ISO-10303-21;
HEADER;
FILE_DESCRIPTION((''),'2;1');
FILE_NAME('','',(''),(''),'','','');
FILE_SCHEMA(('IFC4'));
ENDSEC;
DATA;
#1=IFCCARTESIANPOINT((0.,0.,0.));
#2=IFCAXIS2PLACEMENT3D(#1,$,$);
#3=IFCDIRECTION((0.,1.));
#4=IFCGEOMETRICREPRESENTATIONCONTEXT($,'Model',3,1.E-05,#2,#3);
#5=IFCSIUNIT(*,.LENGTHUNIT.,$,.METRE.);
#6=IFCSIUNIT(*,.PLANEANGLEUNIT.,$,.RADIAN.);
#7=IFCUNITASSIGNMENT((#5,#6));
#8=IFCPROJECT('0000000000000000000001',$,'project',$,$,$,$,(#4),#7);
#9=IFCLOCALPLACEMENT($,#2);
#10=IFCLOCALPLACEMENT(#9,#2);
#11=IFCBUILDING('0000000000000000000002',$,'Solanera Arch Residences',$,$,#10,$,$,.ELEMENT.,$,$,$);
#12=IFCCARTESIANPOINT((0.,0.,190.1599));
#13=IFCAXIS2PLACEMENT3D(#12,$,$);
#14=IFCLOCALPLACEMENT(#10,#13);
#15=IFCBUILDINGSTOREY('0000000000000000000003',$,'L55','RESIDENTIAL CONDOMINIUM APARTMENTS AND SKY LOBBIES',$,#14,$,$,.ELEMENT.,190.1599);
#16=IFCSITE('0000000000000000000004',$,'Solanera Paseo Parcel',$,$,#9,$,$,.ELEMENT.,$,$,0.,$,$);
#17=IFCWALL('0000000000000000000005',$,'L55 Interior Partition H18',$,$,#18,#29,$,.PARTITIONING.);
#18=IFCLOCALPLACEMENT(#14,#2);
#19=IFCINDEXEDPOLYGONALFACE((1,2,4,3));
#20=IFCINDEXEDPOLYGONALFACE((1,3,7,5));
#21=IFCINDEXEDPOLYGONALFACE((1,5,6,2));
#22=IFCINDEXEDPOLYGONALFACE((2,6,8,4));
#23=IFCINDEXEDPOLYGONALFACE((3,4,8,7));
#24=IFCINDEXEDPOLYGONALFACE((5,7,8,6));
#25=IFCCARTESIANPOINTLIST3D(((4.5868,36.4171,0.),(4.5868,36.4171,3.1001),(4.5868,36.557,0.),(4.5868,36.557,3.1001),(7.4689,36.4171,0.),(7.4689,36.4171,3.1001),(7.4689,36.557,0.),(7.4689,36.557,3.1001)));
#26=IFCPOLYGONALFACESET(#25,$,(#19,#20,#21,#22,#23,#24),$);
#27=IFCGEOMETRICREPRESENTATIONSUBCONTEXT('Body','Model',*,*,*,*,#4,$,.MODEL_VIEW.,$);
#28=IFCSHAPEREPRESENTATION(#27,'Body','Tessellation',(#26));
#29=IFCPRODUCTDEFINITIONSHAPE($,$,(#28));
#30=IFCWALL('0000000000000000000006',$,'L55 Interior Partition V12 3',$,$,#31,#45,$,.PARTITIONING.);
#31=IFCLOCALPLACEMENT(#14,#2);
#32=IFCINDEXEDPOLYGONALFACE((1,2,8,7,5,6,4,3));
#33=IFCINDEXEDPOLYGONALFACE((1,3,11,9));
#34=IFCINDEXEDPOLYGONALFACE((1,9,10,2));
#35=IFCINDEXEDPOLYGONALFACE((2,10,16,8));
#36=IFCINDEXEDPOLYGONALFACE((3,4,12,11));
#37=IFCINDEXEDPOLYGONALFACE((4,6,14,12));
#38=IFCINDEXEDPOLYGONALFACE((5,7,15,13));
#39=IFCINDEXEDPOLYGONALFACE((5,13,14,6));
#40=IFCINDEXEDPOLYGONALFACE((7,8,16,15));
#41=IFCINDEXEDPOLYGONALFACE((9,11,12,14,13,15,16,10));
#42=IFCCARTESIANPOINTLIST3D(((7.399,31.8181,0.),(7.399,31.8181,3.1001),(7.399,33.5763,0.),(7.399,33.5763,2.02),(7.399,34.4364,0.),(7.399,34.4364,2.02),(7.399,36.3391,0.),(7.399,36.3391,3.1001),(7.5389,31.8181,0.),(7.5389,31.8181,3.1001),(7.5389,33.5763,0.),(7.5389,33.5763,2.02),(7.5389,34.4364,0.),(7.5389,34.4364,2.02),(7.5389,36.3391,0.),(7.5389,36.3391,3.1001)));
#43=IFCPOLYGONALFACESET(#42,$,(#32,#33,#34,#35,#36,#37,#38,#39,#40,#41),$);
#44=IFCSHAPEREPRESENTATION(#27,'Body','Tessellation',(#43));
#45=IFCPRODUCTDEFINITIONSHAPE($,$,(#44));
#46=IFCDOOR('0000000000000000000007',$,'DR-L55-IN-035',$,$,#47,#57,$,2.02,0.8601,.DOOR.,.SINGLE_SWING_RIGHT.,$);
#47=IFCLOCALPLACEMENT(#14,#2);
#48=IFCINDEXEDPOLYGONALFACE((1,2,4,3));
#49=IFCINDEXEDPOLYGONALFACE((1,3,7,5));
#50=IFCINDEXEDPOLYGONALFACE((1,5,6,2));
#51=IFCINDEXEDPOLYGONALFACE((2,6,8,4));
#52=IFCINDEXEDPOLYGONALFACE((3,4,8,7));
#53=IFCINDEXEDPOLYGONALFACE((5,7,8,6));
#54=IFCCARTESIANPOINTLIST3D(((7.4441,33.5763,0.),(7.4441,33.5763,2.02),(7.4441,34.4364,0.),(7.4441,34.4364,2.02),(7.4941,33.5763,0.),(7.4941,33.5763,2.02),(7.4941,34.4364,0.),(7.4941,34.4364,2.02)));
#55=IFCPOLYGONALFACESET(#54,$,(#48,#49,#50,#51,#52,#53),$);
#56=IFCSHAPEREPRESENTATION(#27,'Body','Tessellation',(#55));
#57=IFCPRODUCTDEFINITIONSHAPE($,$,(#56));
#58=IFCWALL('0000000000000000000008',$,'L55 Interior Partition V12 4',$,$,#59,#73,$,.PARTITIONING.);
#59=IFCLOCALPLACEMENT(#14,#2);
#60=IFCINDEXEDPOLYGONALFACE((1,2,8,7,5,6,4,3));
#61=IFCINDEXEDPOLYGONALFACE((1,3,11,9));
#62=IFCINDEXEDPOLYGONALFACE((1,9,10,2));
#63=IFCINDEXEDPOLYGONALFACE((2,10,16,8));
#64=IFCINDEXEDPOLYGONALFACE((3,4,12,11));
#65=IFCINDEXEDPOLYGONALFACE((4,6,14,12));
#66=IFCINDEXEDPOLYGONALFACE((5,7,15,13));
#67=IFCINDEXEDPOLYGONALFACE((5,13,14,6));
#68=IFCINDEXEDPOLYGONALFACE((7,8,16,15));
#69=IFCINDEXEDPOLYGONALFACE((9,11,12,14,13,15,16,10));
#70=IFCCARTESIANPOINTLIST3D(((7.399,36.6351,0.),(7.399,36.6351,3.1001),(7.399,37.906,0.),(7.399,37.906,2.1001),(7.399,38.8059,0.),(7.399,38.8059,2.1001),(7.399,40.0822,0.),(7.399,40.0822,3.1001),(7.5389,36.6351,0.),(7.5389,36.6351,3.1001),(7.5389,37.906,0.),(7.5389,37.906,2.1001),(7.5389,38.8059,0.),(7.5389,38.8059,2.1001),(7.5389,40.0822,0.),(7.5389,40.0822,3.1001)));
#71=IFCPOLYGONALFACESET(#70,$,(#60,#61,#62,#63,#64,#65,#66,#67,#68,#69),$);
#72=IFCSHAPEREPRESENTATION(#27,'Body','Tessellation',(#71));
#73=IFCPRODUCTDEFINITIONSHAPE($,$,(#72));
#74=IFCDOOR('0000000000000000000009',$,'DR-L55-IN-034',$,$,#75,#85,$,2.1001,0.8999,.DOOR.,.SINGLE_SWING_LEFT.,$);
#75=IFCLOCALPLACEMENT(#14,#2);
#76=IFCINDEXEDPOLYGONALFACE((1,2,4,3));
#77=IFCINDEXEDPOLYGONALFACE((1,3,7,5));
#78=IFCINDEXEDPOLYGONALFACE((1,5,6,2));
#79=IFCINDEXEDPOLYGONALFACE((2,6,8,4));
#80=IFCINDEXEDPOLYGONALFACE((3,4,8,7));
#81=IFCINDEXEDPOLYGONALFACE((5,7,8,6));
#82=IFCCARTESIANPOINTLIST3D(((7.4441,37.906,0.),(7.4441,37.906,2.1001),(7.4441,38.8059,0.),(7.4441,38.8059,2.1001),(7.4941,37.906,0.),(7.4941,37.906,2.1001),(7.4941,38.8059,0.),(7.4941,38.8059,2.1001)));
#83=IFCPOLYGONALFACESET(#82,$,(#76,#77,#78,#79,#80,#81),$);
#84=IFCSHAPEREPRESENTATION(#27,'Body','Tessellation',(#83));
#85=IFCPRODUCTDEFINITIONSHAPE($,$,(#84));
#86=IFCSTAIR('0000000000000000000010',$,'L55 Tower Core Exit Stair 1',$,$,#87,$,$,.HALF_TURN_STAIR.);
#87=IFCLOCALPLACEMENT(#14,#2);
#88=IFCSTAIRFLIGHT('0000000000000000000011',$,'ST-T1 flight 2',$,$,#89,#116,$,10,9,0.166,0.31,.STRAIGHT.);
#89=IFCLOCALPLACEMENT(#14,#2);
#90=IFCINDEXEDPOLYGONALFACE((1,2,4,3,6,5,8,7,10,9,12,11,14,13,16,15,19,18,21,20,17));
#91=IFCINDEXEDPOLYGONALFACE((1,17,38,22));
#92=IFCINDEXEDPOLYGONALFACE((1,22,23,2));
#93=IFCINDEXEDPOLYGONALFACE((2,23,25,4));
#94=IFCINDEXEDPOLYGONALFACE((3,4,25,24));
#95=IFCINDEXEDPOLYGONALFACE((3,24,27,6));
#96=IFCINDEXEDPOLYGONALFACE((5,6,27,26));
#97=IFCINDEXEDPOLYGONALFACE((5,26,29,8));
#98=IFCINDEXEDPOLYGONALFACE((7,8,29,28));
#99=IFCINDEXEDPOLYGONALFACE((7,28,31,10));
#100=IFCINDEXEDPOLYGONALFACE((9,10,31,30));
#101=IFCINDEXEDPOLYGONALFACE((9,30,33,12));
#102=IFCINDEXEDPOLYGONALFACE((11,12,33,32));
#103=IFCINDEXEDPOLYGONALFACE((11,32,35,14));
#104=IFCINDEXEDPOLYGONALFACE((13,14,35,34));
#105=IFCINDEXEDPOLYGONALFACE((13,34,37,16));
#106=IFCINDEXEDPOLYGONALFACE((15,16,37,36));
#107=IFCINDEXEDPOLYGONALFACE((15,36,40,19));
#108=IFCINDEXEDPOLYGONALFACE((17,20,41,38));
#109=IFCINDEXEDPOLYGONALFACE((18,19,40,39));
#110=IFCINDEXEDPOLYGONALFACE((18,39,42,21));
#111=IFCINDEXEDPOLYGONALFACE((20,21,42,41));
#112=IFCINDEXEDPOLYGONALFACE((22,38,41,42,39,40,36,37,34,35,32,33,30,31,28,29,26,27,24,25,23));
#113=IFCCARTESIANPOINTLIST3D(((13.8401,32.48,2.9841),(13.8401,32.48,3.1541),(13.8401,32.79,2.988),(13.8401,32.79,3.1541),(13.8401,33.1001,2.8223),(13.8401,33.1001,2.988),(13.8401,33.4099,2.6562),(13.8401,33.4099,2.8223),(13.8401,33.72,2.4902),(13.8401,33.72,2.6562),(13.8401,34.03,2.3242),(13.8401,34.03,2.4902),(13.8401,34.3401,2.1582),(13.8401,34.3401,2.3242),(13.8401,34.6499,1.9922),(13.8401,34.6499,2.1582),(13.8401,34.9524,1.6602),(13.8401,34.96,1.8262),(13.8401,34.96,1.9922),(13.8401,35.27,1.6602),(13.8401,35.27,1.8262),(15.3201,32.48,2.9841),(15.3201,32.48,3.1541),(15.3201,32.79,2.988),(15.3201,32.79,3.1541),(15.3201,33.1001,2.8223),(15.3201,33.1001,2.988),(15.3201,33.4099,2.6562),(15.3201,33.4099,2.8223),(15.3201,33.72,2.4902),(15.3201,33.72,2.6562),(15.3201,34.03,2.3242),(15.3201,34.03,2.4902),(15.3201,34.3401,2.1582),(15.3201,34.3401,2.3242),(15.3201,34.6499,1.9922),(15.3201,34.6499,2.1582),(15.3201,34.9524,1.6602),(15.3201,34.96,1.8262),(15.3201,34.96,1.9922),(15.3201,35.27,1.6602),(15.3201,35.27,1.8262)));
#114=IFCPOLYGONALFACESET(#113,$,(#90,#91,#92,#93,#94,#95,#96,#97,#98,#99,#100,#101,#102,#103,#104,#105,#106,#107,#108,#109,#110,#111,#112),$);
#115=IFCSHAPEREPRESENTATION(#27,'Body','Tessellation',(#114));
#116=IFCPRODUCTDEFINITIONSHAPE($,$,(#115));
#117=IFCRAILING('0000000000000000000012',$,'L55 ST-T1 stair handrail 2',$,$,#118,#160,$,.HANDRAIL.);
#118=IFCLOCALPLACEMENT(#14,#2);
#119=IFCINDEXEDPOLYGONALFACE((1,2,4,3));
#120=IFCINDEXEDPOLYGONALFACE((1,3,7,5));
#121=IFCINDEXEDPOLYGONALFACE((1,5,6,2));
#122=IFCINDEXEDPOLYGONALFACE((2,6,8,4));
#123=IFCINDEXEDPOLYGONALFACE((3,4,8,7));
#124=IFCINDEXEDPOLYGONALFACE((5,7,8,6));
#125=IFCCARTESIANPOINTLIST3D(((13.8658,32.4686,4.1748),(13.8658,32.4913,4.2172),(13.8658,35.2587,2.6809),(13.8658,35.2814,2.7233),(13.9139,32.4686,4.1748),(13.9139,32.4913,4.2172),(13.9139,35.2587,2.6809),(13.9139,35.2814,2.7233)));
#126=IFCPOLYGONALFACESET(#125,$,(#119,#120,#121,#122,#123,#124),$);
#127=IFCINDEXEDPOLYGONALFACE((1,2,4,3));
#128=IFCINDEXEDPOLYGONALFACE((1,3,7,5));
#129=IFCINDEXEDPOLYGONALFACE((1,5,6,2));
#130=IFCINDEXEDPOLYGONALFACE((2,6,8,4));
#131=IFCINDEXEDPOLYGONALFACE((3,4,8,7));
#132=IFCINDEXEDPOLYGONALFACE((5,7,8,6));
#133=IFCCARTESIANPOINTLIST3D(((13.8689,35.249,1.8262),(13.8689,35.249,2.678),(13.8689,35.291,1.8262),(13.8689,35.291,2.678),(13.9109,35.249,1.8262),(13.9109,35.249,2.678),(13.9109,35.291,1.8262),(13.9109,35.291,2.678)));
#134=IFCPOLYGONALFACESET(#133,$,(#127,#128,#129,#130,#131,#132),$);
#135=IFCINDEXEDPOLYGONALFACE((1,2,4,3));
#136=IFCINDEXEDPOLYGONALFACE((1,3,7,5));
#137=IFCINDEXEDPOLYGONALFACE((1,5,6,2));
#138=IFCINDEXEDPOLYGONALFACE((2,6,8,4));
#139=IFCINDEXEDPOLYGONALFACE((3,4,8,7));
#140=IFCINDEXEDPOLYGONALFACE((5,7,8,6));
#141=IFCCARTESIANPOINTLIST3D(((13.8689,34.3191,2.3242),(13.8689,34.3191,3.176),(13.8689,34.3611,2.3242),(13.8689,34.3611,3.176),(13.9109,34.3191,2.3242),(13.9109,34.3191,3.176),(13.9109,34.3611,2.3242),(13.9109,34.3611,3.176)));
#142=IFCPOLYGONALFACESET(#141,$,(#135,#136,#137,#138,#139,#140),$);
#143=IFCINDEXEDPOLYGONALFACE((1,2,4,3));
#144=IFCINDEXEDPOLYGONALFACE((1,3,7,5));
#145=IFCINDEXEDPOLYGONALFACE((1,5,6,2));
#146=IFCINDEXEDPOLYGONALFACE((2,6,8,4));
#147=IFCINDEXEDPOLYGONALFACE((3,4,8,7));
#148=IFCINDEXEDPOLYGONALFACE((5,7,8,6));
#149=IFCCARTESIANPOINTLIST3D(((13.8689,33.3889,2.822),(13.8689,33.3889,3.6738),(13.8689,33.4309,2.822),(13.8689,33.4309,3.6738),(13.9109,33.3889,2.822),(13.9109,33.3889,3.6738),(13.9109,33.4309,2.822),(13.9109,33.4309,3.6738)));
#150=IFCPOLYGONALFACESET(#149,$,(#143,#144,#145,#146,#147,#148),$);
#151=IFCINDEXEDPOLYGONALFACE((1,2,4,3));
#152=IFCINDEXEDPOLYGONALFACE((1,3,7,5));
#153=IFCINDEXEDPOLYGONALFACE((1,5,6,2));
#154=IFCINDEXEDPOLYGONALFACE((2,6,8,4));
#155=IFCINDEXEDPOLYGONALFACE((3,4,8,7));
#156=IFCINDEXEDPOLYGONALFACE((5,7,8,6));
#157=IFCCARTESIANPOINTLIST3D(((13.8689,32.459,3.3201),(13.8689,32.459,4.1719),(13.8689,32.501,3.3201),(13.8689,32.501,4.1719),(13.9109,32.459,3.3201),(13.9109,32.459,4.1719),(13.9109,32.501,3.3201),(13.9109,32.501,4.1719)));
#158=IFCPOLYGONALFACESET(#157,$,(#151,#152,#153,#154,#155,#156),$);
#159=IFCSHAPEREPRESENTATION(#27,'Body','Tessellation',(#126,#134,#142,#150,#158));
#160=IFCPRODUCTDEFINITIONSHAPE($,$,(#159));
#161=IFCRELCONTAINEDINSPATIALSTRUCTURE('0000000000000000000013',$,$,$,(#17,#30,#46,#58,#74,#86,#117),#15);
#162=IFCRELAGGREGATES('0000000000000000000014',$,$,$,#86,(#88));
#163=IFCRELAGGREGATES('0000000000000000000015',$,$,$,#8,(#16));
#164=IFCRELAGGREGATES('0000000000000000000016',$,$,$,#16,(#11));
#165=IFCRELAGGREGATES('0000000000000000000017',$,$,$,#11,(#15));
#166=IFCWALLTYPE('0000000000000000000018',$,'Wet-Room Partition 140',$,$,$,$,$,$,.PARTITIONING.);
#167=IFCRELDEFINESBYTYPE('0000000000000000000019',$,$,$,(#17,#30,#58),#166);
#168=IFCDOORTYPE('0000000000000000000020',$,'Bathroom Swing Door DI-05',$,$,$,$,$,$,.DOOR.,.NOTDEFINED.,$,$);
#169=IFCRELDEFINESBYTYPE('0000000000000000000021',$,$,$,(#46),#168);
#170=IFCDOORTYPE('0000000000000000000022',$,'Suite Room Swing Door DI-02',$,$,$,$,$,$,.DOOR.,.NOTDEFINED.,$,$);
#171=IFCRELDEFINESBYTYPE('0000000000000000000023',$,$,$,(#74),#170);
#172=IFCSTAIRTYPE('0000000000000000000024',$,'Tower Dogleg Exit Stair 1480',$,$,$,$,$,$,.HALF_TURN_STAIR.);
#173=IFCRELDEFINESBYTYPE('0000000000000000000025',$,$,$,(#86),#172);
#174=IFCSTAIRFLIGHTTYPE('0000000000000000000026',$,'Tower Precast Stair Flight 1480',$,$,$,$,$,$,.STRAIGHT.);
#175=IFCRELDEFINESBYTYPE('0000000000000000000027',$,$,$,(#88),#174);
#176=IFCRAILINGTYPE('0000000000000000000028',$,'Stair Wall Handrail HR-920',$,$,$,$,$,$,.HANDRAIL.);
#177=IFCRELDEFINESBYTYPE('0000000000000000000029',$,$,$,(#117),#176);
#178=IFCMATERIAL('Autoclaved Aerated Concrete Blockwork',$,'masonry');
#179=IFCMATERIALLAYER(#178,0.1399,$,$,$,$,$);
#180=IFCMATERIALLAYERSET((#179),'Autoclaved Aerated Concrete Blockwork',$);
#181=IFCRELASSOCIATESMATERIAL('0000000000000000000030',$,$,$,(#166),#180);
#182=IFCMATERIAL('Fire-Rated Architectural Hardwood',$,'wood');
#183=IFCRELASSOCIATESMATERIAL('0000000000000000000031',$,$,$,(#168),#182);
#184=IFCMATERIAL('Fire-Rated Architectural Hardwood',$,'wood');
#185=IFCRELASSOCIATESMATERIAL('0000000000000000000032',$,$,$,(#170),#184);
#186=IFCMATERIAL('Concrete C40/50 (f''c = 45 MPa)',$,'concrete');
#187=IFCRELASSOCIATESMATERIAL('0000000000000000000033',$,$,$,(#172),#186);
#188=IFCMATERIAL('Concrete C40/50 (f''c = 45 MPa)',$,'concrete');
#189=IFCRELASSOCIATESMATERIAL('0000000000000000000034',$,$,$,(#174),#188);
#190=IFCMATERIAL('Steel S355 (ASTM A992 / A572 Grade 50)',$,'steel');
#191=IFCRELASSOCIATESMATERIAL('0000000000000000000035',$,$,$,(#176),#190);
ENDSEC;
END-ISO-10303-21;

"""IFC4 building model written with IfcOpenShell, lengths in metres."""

from ifc_helpers import new_model, si_unit, direction, frame, frame_2d, origin, origin_2d, place, context, subcontext, project, spatial, polyline, rectangle, outline, extrude, material, layer, layer_set, type_object, element, fill, aggregate, save


model = new_model("IFC4")

# Units and contexts
model_context = context("Model", 3, precision=1e-05, world=origin(), true_north=direction((0.0, 1.0)))
body_context = subcontext(model_context, "Body", "Model", "MODEL_VIEW")
ifc_project = project(units=[si_unit("LENGTHUNIT", "METRE"), si_unit("PLANEANGLEUNIT", "RADIAN")], contexts=[model_context])

# Site, building, storey
site_placement = place(None, origin())
site = spatial("IfcSite", under=ifc_project, at=site_placement, Name="Solanera Paseo Parcel", CompositionType="ELEMENT", RefElevation=0.0)
building_placement = place(site_placement, origin())
building = spatial("IfcBuilding", under=site, at=building_placement, Name="Solanera Arch Residences", CompositionType="ELEMENT")
storey_placement = place(building_placement, frame((0.0, 0.0, 190.1599)))
storey = spatial("IfcBuildingStorey", under=building, at=storey_placement, Name="L55", Description="RESIDENTIAL CONDOMINIUM APARTMENTS AND SKY LOBBIES", CompositionType="ELEMENT", Elevation=190.1599)

# Wall
ifc_material_1 = material(Name="Autoclaved Aerated Concrete Blockwork", Category="masonry")
ifc_layer_1 = layer(ifc_material_1, 0.1399)
ifc_layer_set_1 = layer_set([ifc_layer_1], Name="Autoclaved Aerated Concrete Blockwork")
wall_type_1 = type_object("IfcWallType", Name="Wet-Room Partition 140", PredefinedType="PARTITIONING", material=ifc_layer_set_1)
wall_1_placement = place(storey_placement, frame((4.5869, 36.4871, 0.0), z_axis=(0.0, 0.0, 1.0), x_axis=(1.0, 0.0, 0.0)))
element("IfcWall", 1, at=wall_1_placement, inside=storey, type_object=wall_type_1, Name="L55 Interior Partition H18", PredefinedType="PARTITIONING", context=body_context, shape_type="SweptSolid", body=[
    extrude(rectangle(XDim=2.8821, YDim=0.1399, at=frame_2d((1.4409, 0.0))), origin(), (0.0, 0.0, 1.0), 3.1001),
])

# Walls, openings, doors
wall_2_placement = place(storey_placement, frame((7.469, 31.8181, 0.0), z_axis=(0.0, 0.0, 1.0), x_axis=(0.0, 1.0, 0.0)))
wall_2 = element("IfcWall", 2, at=wall_2_placement, inside=storey, type_object=wall_type_1, Name="L55 Interior Partition V12 3", PredefinedType="PARTITIONING", context=body_context, shape_type="SweptSolid", body=[
    extrude(rectangle(XDim=4.521, YDim=0.1399, at=frame_2d((2.2605, 0.0))), origin(), (0.0, 0.0, 1.0), 3.1001),
])
opening_1_placement = place(wall_2_placement, frame((1.7581, 0.0, 0.0)))
opening_1 = element("IfcOpeningElement", 3, at=opening_1_placement, cuts=wall_2, PredefinedType="OPENING", context=body_context, shape_type="SweptSolid", body=[
    extrude(rectangle(XDim=0.8601, YDim=2.02, at=frame_2d((0.4302, 1.01))), frame((0.0, 0.0798, 0.0), z_axis=(0.0, -1.0, 0.0), x_axis=(1.0, 0.0, 0.0)), (0.0, 0.0, 1.0), 0.1599),
])
ifc_material_2 = material(Name="Fire-Rated Architectural Hardwood", Category="wood")
door_type_1 = type_object("IfcDoorType", Name="Bathroom Swing Door DI-05", OperationType="NOTDEFINED", PredefinedType="DOOR", material=ifc_material_2)
door_1_placement = place(opening_1_placement, origin())
door_1 = element("IfcDoor", 4, at=door_1_placement, inside=storey, type_object=door_type_1, Name="DR-L55-IN-035", OperationType="SINGLE_SWING_RIGHT", OverallHeight=2.02, OverallWidth=0.8601, PredefinedType="DOOR", context=body_context, shape_type="SweptSolid", body=[
    extrude(rectangle(XDim=0.8601, YDim=2.02, at=frame_2d((0.4302, 1.01))), frame((0.0, 0.0249, 0.0), z_axis=(0.0, -1.0, 0.0), x_axis=(1.0, 0.0, 0.0)), (0.0, 0.0, 1.0), 0.05),
])
fill(opening_1, door_1)
wall_3_placement = place(storey_placement, frame((7.469, 36.635, 0.0), z_axis=(0.0, 0.0, 1.0), x_axis=(0.0, 1.0, 0.0)))
wall_3 = element("IfcWall", 5, at=wall_3_placement, inside=storey, type_object=wall_type_1, Name="L55 Interior Partition V12 4", PredefinedType="PARTITIONING", context=body_context, shape_type="SweptSolid", body=[
    extrude(rectangle(XDim=3.447, YDim=0.1399, at=frame_2d((1.7236, 0.0))), origin(), (0.0, 0.0, 1.0), 3.1001),
])
opening_2_placement = place(wall_3_placement, frame((1.271, 0.0, 0.0)))
opening_2 = element("IfcOpeningElement", 6, at=opening_2_placement, cuts=wall_3, PredefinedType="OPENING", context=body_context, shape_type="SweptSolid", body=[
    extrude(rectangle(XDim=0.8999, YDim=2.1001, at=frame_2d((0.45, 1.05))), frame((0.0, 0.0798, 0.0), z_axis=(0.0, -1.0, 0.0), x_axis=(1.0, 0.0, 0.0)), (0.0, 0.0, 1.0), 0.1599),
])
ifc_material_3 = material(Name="Fire-Rated Architectural Hardwood", Category="wood")
door_type_2 = type_object("IfcDoorType", Name="Suite Room Swing Door DI-02", OperationType="NOTDEFINED", PredefinedType="DOOR", material=ifc_material_3)
door_2_placement = place(opening_2_placement, origin())
door_2 = element("IfcDoor", 7, at=door_2_placement, inside=storey, type_object=door_type_2, Name="DR-L55-IN-034", OperationType="SINGLE_SWING_LEFT", OverallHeight=2.1001, OverallWidth=0.8999, PredefinedType="DOOR", context=body_context, shape_type="SweptSolid", body=[
    extrude(rectangle(XDim=0.8999, YDim=2.1001, at=frame_2d((0.45, 1.05))), frame((0.0, 0.0249, 0.0), z_axis=(0.0, -1.0, 0.0), x_axis=(1.0, 0.0, 0.0)), (0.0, 0.0, 1.0), 0.05),
])
fill(opening_2, door_2)

# Stair, stair flight
ifc_material_4 = material(Name="Concrete C40/50 (f'c = 45 MPa)", Category="concrete")
stair_type = type_object("IfcStairType", Name="Tower Dogleg Exit Stair 1480", PredefinedType="HALF_TURN_STAIR", material=ifc_material_4)
stair_placement = place(storey_placement, origin())
stair = element("IfcStair", 8, at=stair_placement, inside=storey, type_object=stair_type, Name="L55 Tower Core Exit Stair 1", PredefinedType="HALF_TURN_STAIR")
ifc_material_5 = material(Name="Concrete C40/50 (f'c = 45 MPa)", Category="concrete")
stair_flight_type = type_object("IfcStairFlightType", Name="Tower Precast Stair Flight 1480", PredefinedType="STRAIGHT", material=ifc_material_5)
stair_flight_placement = place(storey_placement, frame((14.5801, 35.27, 1.6602), z_axis=(0.0, 0.0, 1.0), x_axis=(0.0, -1.0, 0.0)))
stair_flight = element("IfcStairFlight", 9, at=stair_flight_placement, type_object=stair_flight_type, Name="ST-T1 flight 2", NumberOfRisers=10, NumberOfTreads=9, PredefinedType="STRAIGHT", RiserHeight=0.166, TreadLength=0.31, context=body_context, shape_type="SweptSolid", body=[
    extrude(outline(polyline([(0.0, 0.0), (0.0, 0.166), (0.3101, 0.166), (0.3101, 0.332), (0.6201, 0.332), (0.6201, 0.498), (0.9299, 0.498), (0.9299, 0.6641), (1.24, 0.6641), (1.24, 0.8301), (1.55, 0.8301), (1.55, 0.9961), (1.8601, 0.9961), (1.8601, 1.1621), (2.1699, 1.1621), (2.1699, 1.3279), (2.48, 1.3279), (2.48, 1.4939), (2.79, 1.4939), (2.79, 1.6599), (2.79, 1.324), (0.3176, 0.0), (0.0, 0.0)])), frame((0.0, 0.74, 0.0), z_axis=(0.0, -1.0, 0.0), x_axis=(1.0, 0.0, 0.0)), (0.0, 0.0, 1.0), 1.48),
])
aggregate(stair, [stair_flight])

# Railing
ifc_material_6 = material(Name="Steel S355 (ASTM A992 / A572 Grade 50)", Category="steel")
railing_type = type_object("IfcRailingType", Name="Stair Wall Handrail HR-920", PredefinedType="HANDRAIL", material=ifc_material_6)
railing_placement = place(storey_placement, frame((13.8899, 35.27, 1.8262)))
element("IfcRailing", 10, at=railing_placement, inside=storey, type_object=railing_type, Name="L55 ST-T1 stair handrail 2", PredefinedType="HANDRAIL", context=body_context, shape_type="SweptSolid", body=[
    extrude(rectangle(XDim=0.0481, YDim=0.0481, at=origin_2d()), frame((0.0, 0.0, 0.876), z_axis=(0.0, -0.881581, 0.472033), x_axis=(1.0, 0.0, 0.0)), (0.0, 0.0, 1.0), 3.1648),
    extrude(rectangle(XDim=0.042, YDim=0.042, at=origin_2d()), origin(), (0.0, 0.0, 1.0), 0.8518),
    extrude(rectangle(XDim=0.042, YDim=0.042, at=origin_2d()), frame((0.0, -0.9299, 0.498)), (0.0, 0.0, 1.0), 0.8518),
    extrude(rectangle(XDim=0.042, YDim=0.042, at=origin_2d()), frame((0.0, -1.8601, 0.9958)), (0.0, 0.0, 1.0), 0.8518),
    extrude(rectangle(XDim=0.042, YDim=0.042, at=origin_2d()), frame((0.0, -2.79, 1.4939)), (0.0, 0.0, 1.0), 0.8518),
])

save(model, "model.ifc")
